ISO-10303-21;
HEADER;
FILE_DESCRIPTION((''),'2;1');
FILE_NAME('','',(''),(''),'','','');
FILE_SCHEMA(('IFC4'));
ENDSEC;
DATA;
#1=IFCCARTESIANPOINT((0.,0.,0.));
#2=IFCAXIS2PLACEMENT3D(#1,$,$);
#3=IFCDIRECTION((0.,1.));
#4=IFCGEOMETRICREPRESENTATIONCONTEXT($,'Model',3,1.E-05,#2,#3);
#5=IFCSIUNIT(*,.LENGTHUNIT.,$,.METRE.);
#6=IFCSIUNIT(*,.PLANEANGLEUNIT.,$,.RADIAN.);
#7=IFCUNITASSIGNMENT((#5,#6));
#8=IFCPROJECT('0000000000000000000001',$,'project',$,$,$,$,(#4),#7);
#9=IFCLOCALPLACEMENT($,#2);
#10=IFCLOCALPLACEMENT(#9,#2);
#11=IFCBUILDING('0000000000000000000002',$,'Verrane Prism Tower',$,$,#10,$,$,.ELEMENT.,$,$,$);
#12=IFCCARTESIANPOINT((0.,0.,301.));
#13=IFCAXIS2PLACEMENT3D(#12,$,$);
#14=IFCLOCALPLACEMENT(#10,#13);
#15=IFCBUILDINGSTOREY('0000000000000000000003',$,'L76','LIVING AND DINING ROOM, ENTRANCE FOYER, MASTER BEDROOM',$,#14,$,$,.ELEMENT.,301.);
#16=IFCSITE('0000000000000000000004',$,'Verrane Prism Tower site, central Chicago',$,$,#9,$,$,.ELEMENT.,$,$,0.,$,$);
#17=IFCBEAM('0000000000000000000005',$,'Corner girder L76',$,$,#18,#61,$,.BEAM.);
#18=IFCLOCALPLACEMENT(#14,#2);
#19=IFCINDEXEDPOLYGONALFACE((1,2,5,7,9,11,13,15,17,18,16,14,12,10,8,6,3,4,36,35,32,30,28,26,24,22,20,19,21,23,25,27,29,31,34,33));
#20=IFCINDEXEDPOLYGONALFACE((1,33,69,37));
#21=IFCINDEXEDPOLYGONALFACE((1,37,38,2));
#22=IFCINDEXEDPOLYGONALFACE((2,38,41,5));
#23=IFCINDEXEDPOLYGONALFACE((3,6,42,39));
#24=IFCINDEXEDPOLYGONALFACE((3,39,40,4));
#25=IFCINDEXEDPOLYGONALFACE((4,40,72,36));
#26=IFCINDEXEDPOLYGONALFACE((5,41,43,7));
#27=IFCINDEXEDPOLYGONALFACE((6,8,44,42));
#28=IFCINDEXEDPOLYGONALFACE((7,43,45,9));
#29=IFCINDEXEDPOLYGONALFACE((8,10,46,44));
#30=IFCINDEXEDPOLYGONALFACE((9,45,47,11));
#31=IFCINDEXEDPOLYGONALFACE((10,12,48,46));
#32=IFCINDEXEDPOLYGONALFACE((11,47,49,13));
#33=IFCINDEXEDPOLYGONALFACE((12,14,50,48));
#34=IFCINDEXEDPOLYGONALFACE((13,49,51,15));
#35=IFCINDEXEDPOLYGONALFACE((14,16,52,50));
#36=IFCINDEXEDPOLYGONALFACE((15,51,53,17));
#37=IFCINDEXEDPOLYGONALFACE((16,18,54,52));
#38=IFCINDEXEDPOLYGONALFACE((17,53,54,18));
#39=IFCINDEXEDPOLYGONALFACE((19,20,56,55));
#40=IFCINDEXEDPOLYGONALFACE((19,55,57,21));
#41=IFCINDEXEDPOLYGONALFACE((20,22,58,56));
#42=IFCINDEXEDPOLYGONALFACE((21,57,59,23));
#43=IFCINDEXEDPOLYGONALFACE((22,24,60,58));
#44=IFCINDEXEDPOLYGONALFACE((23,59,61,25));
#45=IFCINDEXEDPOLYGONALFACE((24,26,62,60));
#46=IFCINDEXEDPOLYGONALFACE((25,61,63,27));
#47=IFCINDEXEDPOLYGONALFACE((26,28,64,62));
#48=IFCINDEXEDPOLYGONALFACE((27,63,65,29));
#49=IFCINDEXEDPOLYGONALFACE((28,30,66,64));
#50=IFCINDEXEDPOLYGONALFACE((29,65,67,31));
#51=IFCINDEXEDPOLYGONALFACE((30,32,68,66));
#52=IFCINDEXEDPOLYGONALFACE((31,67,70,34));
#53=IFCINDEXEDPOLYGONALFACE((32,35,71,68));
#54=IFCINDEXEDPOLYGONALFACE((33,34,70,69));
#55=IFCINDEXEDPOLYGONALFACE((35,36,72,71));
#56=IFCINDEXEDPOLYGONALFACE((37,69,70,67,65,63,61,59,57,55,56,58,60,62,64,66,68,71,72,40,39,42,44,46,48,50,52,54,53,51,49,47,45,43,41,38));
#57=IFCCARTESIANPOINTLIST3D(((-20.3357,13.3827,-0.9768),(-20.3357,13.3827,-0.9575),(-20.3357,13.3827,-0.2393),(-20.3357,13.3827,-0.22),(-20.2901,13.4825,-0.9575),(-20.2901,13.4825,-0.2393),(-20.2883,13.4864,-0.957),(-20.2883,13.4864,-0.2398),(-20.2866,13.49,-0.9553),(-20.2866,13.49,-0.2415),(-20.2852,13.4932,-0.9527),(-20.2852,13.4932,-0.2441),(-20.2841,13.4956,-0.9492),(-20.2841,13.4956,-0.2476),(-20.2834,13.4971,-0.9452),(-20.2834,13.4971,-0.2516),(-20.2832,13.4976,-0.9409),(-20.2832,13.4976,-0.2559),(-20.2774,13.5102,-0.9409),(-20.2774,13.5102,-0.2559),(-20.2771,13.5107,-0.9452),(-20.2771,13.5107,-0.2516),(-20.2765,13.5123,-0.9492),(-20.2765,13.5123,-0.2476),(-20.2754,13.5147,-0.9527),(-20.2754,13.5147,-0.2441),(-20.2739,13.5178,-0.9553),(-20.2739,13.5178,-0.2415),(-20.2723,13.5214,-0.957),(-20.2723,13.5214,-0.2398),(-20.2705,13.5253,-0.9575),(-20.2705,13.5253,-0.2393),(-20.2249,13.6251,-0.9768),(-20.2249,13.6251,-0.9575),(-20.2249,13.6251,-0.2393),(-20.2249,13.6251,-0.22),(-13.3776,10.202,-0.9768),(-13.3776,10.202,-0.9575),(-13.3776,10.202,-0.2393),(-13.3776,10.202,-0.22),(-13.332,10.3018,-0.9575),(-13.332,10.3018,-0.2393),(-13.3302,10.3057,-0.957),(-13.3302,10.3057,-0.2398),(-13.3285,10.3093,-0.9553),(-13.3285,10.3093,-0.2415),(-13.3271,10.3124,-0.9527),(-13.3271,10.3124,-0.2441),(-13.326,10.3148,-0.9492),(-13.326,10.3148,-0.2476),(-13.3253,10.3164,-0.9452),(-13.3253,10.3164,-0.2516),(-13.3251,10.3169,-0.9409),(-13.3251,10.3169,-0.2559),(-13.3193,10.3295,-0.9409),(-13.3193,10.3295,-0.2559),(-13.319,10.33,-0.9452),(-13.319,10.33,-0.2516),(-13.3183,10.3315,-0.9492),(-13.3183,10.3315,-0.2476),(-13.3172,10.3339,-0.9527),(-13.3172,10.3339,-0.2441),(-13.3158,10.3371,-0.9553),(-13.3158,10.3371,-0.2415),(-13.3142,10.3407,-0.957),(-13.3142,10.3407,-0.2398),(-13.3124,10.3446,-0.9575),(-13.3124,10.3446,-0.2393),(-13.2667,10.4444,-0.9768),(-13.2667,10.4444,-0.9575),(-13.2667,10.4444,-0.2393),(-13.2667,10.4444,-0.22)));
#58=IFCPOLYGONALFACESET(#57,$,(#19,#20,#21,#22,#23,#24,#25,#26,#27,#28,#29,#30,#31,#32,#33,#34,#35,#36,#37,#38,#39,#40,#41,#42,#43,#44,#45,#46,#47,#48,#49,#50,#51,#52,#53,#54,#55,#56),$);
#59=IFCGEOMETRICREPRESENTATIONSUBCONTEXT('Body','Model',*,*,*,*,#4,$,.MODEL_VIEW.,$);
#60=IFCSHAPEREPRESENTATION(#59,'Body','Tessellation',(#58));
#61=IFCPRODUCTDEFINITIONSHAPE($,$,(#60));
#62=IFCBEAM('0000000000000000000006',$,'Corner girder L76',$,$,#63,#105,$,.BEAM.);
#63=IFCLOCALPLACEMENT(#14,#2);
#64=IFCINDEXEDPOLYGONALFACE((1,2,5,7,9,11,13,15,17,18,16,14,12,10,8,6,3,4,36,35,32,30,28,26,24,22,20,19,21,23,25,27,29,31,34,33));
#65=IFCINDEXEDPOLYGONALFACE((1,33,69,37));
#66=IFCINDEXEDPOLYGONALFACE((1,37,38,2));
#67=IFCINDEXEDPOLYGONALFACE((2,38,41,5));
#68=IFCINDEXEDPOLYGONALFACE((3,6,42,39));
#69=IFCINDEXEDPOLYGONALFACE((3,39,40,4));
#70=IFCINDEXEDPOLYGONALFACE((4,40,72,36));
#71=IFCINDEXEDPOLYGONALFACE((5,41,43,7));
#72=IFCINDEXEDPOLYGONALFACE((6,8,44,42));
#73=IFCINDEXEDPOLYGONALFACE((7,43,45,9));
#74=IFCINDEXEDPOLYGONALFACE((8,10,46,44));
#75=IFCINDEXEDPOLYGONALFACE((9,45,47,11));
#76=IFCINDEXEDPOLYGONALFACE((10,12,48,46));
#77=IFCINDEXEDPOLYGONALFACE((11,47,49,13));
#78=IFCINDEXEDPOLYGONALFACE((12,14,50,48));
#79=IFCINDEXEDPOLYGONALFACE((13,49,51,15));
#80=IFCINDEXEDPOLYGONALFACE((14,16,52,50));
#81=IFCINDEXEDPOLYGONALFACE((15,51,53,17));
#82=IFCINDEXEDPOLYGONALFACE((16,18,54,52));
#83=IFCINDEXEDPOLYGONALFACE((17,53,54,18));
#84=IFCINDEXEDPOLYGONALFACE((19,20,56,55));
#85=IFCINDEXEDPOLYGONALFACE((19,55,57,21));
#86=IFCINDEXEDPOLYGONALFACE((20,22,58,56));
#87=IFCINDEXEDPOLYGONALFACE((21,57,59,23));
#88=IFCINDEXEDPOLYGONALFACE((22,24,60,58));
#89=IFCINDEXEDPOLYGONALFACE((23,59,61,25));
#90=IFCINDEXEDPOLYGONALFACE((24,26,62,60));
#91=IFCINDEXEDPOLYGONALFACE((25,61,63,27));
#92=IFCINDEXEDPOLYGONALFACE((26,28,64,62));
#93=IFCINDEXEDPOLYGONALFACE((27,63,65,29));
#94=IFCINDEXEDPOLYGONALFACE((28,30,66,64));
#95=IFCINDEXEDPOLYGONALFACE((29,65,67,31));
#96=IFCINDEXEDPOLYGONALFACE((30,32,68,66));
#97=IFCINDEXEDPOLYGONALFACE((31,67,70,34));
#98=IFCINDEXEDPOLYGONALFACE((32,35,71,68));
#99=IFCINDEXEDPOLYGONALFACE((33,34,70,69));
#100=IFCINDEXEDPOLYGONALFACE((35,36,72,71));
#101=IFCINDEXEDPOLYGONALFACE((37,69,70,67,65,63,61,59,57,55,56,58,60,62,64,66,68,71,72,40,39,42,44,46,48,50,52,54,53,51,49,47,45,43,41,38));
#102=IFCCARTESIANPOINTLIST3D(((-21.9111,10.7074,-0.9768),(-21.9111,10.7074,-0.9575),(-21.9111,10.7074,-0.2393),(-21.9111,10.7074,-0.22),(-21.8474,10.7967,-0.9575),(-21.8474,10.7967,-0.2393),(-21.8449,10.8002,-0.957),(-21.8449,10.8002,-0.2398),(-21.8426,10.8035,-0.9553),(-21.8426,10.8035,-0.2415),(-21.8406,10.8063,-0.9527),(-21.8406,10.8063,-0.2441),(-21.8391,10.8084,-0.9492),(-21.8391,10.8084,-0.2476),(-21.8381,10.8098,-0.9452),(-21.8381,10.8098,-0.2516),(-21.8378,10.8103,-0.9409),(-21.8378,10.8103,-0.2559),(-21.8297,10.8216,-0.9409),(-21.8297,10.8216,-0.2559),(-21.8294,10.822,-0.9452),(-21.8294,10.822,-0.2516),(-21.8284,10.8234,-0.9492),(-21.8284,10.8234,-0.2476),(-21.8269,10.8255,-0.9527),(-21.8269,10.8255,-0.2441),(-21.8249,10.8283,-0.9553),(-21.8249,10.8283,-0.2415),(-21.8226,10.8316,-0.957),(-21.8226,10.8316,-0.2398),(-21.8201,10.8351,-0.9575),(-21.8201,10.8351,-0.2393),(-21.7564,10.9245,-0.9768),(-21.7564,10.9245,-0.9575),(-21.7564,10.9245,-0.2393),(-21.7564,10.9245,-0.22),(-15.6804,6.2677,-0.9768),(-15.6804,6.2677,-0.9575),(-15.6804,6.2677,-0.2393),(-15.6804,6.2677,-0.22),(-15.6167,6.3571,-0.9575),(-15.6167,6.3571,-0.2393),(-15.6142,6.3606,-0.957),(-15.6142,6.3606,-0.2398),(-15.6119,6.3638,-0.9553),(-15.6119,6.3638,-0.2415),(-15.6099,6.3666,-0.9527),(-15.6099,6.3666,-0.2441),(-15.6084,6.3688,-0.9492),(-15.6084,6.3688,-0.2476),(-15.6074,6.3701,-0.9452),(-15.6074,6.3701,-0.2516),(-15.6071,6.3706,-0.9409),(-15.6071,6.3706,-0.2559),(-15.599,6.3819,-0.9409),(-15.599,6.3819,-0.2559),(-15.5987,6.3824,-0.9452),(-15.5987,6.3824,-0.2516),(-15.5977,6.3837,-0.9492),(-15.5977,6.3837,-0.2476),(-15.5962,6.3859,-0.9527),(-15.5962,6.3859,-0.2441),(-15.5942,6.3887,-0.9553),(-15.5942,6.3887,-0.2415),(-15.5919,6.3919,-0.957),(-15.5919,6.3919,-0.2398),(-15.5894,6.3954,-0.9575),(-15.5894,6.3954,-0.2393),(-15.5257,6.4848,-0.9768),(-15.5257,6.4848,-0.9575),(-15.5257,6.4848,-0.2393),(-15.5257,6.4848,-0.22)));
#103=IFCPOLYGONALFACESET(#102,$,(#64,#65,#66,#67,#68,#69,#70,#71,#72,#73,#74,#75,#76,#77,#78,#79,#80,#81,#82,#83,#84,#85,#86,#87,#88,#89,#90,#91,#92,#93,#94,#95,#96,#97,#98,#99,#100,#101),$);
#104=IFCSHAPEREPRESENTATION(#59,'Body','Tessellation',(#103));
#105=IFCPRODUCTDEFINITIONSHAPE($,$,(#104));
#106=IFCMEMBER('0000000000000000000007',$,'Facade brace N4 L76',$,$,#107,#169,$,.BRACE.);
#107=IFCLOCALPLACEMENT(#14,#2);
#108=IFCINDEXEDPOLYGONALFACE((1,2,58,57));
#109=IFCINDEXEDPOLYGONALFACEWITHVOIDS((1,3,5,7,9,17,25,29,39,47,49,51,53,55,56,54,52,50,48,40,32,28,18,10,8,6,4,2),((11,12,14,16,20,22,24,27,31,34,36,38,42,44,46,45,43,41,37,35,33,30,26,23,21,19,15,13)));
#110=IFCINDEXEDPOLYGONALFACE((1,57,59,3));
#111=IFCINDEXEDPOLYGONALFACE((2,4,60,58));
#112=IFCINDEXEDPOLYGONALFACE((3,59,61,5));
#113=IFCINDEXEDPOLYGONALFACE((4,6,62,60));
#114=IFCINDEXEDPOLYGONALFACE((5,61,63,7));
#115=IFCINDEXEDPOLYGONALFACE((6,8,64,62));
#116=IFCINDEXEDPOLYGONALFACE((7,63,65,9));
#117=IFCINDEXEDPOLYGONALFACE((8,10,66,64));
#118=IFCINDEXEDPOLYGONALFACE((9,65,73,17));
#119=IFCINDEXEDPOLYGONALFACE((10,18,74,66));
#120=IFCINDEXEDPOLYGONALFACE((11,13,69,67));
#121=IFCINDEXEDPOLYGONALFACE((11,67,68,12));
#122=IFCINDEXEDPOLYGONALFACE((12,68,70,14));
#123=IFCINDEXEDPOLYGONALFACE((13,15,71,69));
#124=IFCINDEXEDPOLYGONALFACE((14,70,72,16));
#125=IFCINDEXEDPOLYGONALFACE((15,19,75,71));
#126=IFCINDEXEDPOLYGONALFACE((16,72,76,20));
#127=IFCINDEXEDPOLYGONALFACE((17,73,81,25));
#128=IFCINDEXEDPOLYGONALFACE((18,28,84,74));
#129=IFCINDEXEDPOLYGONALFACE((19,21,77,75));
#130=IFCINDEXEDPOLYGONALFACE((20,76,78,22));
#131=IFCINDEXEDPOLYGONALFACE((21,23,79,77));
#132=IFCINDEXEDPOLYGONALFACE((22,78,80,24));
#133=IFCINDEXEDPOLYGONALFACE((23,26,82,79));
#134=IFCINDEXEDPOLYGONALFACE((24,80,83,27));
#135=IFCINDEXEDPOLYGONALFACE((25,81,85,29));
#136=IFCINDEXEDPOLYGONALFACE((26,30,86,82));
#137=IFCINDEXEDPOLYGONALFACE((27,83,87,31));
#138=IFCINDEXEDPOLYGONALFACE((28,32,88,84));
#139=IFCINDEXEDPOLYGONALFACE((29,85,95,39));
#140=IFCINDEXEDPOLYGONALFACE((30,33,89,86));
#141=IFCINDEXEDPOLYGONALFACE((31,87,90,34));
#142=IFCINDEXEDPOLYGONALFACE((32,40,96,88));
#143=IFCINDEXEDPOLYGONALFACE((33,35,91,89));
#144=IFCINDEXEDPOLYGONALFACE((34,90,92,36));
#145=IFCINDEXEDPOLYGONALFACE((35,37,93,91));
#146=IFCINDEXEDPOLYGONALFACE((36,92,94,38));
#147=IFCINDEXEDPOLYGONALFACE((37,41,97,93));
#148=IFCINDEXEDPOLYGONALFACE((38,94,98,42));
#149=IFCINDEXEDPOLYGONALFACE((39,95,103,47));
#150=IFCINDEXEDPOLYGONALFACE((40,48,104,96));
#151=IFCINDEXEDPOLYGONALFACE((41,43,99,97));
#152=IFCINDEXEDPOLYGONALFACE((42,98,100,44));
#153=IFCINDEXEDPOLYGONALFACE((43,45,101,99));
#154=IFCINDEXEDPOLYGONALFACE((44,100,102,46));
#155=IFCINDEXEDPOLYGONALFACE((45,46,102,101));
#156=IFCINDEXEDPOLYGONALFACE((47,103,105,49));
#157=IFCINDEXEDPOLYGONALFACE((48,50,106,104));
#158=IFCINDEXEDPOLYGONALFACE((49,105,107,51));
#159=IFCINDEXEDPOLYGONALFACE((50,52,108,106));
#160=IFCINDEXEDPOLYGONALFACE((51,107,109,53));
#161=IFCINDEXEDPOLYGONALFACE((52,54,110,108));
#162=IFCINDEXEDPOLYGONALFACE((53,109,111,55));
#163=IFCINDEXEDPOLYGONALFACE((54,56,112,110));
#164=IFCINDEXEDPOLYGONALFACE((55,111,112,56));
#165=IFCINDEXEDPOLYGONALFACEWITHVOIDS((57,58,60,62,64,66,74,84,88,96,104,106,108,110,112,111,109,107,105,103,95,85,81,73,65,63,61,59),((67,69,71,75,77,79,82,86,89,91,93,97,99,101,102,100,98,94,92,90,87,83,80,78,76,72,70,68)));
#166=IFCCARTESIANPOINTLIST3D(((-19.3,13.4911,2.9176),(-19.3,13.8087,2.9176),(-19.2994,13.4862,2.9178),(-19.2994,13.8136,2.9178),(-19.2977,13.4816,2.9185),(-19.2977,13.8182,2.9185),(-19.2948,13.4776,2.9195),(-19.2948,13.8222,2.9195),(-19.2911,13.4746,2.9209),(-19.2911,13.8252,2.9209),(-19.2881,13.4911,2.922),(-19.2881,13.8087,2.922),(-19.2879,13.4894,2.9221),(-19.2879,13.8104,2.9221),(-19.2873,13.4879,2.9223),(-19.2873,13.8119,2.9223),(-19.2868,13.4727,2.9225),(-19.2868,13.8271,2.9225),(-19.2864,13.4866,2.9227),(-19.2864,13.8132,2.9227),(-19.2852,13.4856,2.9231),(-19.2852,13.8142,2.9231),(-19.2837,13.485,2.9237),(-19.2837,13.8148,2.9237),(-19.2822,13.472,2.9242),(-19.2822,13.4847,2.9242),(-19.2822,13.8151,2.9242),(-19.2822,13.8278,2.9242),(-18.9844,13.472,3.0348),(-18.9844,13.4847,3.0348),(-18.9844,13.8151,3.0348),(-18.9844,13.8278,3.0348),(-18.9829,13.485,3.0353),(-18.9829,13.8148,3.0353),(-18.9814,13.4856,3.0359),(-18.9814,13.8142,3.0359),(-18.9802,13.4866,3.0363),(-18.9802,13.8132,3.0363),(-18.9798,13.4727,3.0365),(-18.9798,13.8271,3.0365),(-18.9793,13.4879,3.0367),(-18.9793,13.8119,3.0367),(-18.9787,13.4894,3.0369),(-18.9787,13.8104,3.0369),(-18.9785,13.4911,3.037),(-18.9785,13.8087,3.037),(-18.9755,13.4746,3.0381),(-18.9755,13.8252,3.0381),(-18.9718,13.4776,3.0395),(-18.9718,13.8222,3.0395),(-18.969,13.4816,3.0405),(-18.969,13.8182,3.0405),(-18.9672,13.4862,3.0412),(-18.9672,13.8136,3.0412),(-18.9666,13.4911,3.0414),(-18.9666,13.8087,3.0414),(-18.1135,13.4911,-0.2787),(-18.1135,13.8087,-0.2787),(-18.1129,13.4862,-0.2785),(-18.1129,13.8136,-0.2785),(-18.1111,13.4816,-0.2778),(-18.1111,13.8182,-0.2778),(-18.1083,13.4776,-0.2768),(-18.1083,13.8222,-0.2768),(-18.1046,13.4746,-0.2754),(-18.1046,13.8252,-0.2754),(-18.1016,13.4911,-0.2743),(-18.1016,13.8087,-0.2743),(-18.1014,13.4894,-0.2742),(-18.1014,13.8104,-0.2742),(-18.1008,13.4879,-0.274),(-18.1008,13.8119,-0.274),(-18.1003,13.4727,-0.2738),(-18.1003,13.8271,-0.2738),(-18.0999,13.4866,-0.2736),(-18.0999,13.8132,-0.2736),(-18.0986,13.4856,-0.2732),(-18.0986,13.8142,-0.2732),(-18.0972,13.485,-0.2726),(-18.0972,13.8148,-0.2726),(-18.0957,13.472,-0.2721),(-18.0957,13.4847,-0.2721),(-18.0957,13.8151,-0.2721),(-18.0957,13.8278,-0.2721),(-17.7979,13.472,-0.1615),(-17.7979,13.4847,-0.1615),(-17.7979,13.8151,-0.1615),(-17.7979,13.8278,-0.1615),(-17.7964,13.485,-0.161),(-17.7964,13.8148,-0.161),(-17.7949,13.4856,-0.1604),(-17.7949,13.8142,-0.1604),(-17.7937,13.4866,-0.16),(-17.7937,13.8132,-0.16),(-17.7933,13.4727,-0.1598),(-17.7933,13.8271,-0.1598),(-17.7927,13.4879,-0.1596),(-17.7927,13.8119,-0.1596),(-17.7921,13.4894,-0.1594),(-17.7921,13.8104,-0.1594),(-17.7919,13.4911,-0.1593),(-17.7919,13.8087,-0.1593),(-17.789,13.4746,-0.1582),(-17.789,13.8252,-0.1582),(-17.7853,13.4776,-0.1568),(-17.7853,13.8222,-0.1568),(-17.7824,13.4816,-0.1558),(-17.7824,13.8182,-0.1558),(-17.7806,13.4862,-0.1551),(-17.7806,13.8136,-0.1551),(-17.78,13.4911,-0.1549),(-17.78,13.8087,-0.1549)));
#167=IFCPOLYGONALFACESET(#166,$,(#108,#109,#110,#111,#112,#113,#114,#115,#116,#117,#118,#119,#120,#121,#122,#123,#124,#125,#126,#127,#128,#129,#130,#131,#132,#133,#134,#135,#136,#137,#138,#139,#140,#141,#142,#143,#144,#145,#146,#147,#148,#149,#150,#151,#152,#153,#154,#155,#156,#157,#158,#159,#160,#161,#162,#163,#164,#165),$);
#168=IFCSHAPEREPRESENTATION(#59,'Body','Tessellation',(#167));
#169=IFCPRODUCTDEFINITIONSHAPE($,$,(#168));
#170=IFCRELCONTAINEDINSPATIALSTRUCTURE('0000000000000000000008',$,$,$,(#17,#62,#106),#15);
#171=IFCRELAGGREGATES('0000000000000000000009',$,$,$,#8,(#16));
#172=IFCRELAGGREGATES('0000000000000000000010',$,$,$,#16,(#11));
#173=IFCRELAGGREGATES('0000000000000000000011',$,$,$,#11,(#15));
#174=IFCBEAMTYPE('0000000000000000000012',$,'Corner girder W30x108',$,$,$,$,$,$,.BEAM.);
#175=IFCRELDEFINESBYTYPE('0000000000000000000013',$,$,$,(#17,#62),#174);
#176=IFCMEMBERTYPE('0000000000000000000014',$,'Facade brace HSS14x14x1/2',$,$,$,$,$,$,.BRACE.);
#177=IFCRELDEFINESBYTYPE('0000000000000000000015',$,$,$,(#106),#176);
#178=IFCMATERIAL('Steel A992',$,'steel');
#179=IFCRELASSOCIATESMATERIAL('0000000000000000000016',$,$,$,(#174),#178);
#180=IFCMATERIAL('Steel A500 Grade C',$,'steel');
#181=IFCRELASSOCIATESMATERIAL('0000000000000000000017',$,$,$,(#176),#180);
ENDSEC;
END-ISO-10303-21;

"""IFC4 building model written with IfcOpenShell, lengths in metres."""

from ifc_helpers import new_model, si_unit, direction, frame, origin, origin_2d, place, context, subcontext, project, spatial, hollow_rectangle, i_section, extrude, material, material_profile, profile_set, type_object, element, save


model = new_model("IFC4")

# Units and contexts
model_context = context("Model", 3, precision=1e-05, world=origin(), true_north=direction((0.0, 1.0)))
body_context = subcontext(model_context, "Body", "Model", "MODEL_VIEW")
ifc_project = project(units=[si_unit("LENGTHUNIT", "METRE"), si_unit("PLANEANGLEUNIT", "RADIAN")], contexts=[model_context])

# Site, building, storey
site_placement = place(None, origin())
site = spatial("IfcSite", under=ifc_project, at=site_placement, Name="Verrane Prism Tower site, central Chicago", CompositionType="ELEMENT", RefElevation=0.0)
building_placement = place(site_placement, origin())
building = spatial("IfcBuilding", under=site, at=building_placement, Name="Verrane Prism Tower", CompositionType="ELEMENT")
storey_placement = place(building_placement, frame((0.0, 0.0, 301.0)))
storey = spatial("IfcBuildingStorey", under=building, at=storey_placement, Name="L76", Description="LIVING AND DINING ROOM, ENTRANCE FOYER, MASTER BEDROOM", CompositionType="ELEMENT", Elevation=301.0)

# Beams
ifc_material_1 = material(Name="Steel A992", Category="steel")
ifc_material_profile_1 = material_profile(ifc_material_1, i_section(OverallWidth=0.2666, OverallDepth=0.7568, WebThickness=0.0139, FlangeThickness=0.0193, FilletRadius=0.0166, at=origin_2d()), Name="W30x108")
ifc_profile_set_1 = profile_set([ifc_material_profile_1], Name="Steel A992")
beam_type_1 = type_object("IfcBeamType", Name="Corner girder W30x108", PredefinedType="BEAM", material=ifc_profile_set_1)
for number, where, z_axis, x_axis, name in (
    (1, (-20.2803, 13.5039, -0.5984), (0.909481, -0.415745, 0.0), (0.415745, 0.909481, 0.0), "Corner girder L76"),
    (2, (-21.8337, 10.8159, -0.5984), (0.814401, -0.580302, 0.0), (0.580302, 0.814401, 0.0), "Corner girder L76"),
):
    element("IfcBeam", number, at=place(storey_placement, frame(where, z_axis=z_axis, x_axis=x_axis)), inside=storey, type_object=beam_type_1, Name=name, PredefinedType="BEAM", context=body_context, shape_type="SweptSolid", body=[
        extrude(i_section(OverallWidth=0.2666, OverallDepth=0.7568, WebThickness=0.0139, FlangeThickness=0.0193, FilletRadius=0.0166, at=origin_2d()), origin(), (0.0, 0.0, 1.0), 7.6506),
    ])

# Member
ifc_material_2 = material(Name="Steel A500 Grade C", Category="steel")
ifc_material_profile_2 = material_profile(ifc_material_2, hollow_rectangle(XDim=0.3557, YDim=0.3557, WallThickness=0.0127, InnerFilletRadius=0.0063, OuterFilletRadius=0.019, at=origin_2d()), Name="HSS14x14x1/2")
ifc_profile_set_2 = profile_set([ifc_material_profile_2], Name="Steel A500 Grade C")
member_type_1 = type_object("IfcMemberType", Name="Facade brace HSS14x14x1/2", PredefinedType="BRACE", material=ifc_profile_set_2)
member_1_placement = place(storey_placement, frame((-17.9468, 13.6499, -0.2168), z_axis=(-0.348014, 0.0, 0.937489), x_axis=(0.0, -1.0, 0.0)))
element("IfcMember", 3, at=member_1_placement, inside=storey, type_object=member_type_1, Name="Facade brace N4 L76", PredefinedType="BRACE", context=body_context, shape_type="SweptSolid", body=[
    extrude(hollow_rectangle(XDim=0.3557, YDim=0.3557, WallThickness=0.0127, InnerFilletRadius=0.0063, OuterFilletRadius=0.019, at=origin_2d()), origin(), (0.0, 0.0, 1.0), 3.4094),
])

save(model, "model.ifc")
